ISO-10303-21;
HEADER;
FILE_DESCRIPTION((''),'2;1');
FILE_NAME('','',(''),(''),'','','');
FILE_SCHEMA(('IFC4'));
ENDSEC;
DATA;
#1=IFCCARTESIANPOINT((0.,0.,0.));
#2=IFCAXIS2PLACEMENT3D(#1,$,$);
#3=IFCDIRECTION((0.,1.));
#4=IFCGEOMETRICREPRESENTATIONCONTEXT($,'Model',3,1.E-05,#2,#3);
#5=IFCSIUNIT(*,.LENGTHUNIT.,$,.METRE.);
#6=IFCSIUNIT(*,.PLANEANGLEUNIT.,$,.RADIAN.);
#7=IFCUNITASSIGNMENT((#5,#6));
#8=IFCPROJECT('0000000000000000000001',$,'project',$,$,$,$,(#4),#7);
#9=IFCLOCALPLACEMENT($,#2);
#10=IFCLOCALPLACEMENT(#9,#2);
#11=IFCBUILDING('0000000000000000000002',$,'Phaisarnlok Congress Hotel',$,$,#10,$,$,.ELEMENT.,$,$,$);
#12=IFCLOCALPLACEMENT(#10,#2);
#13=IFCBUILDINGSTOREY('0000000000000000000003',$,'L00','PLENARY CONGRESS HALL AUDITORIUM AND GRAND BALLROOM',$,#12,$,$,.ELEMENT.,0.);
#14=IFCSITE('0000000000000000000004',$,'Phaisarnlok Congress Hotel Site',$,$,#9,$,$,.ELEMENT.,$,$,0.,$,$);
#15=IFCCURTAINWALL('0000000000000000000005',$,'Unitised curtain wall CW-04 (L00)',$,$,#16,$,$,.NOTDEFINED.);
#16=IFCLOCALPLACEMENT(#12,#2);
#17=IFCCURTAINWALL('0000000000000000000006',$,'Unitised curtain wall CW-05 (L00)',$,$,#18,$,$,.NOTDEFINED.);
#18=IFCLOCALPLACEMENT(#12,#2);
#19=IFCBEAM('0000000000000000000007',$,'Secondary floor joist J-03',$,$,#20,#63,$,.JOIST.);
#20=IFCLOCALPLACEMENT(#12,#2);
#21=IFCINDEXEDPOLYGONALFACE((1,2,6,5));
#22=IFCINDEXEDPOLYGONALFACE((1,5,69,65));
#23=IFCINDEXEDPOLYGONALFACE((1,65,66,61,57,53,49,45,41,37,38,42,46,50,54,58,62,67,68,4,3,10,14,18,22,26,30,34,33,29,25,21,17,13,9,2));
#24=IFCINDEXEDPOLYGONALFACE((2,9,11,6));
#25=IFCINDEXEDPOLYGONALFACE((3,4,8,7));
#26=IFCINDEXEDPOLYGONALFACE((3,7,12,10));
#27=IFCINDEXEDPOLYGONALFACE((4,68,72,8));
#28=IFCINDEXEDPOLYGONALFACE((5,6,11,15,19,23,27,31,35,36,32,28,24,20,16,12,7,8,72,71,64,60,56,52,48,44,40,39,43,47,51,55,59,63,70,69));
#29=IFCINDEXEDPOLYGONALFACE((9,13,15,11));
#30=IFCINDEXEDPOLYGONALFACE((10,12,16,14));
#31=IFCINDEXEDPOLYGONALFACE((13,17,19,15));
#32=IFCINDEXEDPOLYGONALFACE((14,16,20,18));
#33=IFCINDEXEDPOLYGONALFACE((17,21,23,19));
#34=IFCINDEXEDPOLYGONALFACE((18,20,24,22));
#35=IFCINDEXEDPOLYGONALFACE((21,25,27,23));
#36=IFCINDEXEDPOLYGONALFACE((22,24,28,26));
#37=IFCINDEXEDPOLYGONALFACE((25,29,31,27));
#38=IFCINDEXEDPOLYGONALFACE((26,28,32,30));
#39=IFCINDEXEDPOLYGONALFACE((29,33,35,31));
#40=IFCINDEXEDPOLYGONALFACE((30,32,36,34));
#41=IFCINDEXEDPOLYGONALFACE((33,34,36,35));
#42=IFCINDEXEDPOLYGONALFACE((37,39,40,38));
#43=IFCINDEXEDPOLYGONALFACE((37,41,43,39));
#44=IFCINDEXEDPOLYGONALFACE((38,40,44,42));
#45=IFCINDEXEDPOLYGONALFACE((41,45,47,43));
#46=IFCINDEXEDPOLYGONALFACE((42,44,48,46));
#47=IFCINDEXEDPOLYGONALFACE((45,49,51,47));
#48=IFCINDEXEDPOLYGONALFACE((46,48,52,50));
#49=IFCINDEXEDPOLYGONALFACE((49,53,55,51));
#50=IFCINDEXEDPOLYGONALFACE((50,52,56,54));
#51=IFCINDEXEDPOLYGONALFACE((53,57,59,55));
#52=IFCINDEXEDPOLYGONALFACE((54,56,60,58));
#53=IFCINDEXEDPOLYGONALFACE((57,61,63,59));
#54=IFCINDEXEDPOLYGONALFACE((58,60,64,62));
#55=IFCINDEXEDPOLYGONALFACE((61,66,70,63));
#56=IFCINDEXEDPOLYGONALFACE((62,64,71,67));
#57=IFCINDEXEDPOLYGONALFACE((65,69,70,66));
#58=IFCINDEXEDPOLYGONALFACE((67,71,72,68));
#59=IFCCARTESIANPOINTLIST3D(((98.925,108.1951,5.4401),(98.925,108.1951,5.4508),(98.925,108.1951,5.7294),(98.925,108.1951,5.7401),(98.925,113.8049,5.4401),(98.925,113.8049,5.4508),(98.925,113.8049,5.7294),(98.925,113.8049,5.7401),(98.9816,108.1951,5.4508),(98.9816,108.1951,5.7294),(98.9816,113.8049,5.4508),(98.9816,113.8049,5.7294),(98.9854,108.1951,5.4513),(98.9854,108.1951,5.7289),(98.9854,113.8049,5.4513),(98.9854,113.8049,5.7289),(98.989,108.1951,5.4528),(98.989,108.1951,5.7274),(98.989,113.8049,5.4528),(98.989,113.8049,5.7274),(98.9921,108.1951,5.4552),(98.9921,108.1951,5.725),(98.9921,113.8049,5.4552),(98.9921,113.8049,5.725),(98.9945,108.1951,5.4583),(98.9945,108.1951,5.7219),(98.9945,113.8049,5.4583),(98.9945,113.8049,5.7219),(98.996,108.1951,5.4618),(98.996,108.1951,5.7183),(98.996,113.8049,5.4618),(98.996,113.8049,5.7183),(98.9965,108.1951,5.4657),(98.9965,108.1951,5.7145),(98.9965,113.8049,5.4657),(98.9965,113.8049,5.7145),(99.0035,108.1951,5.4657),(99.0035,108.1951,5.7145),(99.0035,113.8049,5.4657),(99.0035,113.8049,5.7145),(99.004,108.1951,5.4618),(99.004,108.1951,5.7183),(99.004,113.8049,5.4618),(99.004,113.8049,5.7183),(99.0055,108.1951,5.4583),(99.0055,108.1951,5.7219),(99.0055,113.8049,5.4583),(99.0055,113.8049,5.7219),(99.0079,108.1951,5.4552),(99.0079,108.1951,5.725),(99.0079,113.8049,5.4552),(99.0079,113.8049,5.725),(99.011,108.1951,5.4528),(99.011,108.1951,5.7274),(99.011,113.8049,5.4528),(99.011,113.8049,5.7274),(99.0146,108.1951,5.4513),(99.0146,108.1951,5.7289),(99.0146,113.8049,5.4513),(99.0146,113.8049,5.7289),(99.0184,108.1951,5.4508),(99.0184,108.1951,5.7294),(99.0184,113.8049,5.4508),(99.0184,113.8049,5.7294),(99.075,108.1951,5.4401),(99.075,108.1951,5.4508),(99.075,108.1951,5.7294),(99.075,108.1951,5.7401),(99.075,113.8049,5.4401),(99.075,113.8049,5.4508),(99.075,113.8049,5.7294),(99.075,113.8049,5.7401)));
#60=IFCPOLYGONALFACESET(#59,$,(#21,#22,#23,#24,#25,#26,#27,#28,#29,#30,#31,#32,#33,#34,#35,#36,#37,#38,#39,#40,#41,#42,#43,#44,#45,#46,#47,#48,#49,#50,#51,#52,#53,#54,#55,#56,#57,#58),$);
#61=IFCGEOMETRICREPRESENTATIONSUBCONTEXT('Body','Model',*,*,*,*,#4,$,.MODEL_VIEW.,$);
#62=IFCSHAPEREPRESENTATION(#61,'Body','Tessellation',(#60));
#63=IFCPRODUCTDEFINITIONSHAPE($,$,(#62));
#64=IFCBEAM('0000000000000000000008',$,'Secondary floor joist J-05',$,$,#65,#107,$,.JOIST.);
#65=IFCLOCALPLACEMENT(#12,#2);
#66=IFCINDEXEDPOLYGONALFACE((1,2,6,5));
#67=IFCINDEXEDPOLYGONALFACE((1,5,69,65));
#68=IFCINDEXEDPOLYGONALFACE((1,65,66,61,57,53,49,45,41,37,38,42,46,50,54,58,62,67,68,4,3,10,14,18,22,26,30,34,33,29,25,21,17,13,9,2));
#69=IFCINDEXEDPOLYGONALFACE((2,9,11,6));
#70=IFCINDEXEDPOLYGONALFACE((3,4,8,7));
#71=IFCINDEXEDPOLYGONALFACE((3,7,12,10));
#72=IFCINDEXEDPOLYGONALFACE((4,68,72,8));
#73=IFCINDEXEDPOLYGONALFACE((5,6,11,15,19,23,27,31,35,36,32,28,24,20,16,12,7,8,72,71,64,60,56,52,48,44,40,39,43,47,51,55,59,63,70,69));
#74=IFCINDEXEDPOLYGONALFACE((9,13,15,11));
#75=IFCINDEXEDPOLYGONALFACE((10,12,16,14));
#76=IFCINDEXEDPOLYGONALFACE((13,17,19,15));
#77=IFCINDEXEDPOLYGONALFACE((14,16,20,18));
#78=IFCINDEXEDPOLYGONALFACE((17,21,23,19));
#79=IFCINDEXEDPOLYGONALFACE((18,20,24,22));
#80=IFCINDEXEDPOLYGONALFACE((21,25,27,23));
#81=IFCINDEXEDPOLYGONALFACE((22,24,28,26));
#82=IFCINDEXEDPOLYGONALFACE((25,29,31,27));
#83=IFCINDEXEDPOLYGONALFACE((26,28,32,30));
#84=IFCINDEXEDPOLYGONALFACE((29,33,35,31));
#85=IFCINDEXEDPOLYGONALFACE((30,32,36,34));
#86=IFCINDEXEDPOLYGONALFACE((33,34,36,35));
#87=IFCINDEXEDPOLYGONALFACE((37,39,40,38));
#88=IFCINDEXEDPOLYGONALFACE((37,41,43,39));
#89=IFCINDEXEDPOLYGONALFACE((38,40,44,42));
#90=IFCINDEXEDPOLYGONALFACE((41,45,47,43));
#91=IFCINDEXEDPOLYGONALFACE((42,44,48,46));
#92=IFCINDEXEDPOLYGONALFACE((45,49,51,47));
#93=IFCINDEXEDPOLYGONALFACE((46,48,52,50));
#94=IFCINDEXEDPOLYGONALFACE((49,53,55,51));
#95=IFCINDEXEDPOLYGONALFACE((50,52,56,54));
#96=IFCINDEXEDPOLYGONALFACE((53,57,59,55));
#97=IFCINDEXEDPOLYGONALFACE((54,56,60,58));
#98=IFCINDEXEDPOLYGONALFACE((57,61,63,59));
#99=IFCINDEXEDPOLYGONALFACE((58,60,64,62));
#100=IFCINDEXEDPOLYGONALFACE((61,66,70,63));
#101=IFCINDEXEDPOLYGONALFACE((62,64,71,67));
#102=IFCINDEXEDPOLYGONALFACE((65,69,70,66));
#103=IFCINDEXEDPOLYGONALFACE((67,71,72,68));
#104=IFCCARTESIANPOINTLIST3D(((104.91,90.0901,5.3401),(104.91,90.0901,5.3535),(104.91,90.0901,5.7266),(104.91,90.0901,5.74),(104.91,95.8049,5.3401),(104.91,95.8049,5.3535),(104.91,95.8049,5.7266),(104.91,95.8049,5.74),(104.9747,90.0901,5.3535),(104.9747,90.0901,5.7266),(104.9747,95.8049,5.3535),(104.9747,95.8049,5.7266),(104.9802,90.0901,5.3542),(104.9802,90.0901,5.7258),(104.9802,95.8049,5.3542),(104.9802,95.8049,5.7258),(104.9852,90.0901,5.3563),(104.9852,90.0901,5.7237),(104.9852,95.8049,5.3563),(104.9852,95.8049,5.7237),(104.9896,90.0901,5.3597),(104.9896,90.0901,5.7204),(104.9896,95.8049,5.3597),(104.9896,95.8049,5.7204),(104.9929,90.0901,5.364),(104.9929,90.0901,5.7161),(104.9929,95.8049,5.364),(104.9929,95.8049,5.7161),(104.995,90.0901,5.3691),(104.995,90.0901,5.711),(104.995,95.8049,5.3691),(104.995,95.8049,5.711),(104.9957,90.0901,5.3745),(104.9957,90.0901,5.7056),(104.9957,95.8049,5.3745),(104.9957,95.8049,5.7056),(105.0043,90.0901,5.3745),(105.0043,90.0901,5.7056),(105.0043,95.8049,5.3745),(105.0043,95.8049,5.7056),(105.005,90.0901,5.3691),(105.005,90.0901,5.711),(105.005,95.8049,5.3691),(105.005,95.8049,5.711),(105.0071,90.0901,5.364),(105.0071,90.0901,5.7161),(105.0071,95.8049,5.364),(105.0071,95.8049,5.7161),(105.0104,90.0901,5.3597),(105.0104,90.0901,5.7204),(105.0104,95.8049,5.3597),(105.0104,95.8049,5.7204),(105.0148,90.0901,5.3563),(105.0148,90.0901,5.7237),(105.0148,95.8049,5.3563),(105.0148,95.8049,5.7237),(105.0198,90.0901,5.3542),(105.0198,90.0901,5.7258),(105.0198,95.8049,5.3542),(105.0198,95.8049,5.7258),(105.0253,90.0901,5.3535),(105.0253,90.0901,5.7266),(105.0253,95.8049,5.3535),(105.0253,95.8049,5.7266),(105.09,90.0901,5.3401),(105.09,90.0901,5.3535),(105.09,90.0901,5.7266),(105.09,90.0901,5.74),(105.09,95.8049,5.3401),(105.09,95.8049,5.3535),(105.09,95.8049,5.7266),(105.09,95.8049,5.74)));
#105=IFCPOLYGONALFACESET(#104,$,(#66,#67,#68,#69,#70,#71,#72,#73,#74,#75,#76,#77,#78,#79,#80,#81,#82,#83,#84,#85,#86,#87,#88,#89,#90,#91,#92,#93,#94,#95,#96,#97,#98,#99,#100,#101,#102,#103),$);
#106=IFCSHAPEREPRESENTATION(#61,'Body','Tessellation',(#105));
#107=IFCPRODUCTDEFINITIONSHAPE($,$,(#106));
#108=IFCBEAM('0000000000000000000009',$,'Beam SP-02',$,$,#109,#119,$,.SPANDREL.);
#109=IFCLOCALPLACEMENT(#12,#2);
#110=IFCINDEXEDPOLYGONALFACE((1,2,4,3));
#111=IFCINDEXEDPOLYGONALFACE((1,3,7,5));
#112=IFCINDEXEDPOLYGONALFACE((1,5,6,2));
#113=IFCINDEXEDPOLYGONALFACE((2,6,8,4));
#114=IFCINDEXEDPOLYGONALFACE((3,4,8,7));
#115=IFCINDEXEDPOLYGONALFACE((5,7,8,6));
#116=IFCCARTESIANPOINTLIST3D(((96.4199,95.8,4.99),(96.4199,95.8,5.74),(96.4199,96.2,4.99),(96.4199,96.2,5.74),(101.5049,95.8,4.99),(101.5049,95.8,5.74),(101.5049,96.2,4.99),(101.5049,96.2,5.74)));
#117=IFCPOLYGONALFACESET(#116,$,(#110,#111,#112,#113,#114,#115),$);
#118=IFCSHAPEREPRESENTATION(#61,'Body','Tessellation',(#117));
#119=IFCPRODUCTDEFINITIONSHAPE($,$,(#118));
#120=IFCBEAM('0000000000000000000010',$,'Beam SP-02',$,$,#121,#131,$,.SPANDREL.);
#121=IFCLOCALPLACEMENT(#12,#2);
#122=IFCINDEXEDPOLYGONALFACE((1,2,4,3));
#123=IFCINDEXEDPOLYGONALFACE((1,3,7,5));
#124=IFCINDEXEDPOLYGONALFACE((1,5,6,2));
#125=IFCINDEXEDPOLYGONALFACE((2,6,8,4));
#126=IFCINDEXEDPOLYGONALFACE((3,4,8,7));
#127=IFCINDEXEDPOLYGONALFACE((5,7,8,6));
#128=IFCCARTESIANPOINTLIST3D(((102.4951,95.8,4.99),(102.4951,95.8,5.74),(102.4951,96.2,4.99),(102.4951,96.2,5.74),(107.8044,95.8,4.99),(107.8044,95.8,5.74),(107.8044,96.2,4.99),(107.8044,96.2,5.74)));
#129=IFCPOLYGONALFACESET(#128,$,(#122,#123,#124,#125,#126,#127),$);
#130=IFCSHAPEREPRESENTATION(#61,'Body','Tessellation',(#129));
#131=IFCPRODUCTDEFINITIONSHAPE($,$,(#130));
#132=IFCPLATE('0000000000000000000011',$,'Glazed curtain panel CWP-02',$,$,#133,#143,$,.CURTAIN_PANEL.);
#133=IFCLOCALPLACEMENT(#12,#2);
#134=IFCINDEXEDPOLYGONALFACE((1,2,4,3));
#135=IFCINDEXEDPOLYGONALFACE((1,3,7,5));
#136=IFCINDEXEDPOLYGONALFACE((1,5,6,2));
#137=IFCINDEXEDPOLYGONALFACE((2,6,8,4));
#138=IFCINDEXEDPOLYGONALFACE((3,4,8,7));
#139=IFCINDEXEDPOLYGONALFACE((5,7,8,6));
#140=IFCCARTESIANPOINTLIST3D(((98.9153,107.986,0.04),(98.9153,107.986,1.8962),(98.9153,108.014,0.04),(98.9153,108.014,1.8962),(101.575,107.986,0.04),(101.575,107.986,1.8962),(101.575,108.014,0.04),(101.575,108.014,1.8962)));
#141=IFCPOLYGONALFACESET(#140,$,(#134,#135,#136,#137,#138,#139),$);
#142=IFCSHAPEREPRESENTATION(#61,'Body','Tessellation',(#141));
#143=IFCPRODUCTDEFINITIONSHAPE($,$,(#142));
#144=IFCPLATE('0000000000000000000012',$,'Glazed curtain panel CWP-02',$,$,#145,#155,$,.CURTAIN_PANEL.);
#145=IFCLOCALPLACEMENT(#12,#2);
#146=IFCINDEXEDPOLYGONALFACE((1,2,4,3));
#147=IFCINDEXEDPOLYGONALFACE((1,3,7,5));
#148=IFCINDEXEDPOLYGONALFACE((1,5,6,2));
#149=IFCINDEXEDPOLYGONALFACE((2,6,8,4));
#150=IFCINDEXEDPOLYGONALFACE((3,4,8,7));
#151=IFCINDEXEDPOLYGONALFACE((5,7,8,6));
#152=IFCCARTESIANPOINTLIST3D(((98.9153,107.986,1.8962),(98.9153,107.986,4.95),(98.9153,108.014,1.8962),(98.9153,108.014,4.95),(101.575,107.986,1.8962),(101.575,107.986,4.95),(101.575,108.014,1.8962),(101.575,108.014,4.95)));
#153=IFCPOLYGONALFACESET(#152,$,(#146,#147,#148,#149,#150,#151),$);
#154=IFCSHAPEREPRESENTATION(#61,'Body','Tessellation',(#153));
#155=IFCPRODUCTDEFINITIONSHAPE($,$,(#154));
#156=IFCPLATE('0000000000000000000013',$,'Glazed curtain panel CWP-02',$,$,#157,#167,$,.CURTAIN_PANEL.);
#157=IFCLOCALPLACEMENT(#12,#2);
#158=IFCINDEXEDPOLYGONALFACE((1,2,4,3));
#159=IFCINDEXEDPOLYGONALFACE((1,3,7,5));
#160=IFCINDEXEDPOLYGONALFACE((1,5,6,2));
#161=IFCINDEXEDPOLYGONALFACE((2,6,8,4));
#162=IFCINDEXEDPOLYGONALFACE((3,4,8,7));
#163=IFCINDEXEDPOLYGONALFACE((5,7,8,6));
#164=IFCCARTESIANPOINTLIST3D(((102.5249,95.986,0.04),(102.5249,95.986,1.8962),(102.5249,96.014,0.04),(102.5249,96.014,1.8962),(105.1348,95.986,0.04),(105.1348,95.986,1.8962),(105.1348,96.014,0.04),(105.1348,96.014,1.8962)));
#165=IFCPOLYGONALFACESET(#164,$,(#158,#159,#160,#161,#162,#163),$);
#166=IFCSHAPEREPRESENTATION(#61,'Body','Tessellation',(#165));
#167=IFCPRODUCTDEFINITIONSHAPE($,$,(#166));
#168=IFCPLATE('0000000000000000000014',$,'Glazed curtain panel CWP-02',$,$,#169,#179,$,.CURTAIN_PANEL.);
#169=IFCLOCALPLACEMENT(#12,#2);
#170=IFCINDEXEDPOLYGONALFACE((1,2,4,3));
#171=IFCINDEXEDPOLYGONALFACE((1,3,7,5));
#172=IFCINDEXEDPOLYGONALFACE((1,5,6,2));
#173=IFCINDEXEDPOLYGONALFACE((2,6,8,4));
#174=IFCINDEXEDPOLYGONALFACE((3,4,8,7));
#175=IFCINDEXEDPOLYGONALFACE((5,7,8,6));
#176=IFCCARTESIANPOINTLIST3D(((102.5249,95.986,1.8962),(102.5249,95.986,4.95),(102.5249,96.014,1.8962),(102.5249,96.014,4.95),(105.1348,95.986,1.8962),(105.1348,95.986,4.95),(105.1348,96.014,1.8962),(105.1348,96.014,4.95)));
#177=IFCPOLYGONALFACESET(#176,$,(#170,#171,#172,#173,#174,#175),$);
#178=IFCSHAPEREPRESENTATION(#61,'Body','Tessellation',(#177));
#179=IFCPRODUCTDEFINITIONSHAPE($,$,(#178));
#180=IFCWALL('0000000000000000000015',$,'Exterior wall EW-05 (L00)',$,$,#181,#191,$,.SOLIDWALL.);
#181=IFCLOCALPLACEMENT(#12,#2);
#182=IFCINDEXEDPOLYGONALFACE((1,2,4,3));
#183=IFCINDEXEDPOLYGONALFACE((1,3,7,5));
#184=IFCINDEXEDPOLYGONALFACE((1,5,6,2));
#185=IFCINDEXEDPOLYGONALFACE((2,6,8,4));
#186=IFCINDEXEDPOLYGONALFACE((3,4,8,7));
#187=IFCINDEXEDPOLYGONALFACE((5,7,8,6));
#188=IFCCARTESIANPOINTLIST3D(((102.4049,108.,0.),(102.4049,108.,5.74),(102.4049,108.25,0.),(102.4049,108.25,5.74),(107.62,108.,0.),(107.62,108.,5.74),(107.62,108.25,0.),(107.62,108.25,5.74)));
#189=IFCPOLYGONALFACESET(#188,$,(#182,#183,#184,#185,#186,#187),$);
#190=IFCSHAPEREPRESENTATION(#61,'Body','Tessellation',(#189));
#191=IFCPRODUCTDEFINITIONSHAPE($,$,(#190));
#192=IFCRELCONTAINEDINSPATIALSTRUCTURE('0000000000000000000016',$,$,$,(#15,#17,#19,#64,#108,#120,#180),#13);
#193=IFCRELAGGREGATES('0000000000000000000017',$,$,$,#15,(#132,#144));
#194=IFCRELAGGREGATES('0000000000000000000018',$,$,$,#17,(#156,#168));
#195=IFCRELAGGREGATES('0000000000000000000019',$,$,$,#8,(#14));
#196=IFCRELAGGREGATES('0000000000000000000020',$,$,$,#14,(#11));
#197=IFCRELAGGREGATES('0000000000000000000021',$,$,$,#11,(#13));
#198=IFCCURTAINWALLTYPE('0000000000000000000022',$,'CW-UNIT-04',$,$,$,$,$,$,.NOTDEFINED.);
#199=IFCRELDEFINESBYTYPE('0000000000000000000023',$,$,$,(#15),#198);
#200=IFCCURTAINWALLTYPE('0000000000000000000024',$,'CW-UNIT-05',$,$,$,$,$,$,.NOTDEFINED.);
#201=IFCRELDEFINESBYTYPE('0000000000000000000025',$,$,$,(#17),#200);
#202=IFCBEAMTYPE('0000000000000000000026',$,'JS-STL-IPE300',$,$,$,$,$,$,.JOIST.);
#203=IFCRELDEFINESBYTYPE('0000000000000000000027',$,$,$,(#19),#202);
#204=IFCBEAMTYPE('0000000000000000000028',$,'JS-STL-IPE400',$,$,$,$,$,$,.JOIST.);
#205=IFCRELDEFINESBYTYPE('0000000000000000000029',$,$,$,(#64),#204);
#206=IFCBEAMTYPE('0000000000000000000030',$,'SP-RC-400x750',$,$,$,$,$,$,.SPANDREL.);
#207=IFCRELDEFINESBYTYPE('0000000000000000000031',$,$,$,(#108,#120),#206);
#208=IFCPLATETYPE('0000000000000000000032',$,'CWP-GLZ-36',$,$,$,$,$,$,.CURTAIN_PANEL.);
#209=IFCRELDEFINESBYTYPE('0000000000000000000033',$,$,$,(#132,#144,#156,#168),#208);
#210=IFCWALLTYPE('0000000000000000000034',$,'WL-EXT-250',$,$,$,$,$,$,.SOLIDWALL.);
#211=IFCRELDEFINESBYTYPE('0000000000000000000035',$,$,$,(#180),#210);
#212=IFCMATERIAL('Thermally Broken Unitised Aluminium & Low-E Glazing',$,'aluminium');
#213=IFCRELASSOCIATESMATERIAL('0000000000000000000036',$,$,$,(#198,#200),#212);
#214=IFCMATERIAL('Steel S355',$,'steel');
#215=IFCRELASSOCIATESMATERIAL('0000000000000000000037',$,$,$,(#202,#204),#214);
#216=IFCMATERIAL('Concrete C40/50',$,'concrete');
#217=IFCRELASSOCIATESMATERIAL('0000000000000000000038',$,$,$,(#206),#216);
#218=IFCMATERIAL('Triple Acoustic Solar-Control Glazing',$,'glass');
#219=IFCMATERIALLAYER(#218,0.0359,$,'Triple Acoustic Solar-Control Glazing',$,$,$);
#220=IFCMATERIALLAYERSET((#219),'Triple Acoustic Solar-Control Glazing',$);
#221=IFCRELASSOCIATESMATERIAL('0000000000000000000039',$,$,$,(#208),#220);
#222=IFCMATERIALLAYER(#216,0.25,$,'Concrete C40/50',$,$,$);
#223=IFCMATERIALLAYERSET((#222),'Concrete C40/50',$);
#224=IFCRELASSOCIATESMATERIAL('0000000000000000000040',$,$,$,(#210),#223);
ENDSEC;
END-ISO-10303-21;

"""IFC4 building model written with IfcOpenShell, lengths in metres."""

from ifc_helpers import new_model, si_unit, direction, frame, frame_2d, origin, origin_2d, place, context, subcontext, project, spatial, rectangle, i_section, extrude, material, layer, layer_set, material_profile, profile_set, type_object, element, aggregate, save


model = new_model("IFC4")

# Units and contexts
model_context = context("Model", 3, precision=1e-05, world=origin(), true_north=direction((0.0, 1.0)))
body_context = subcontext(model_context, "Body", "Model", "MODEL_VIEW")
ifc_project = project(units=[si_unit("LENGTHUNIT", "METRE"), si_unit("PLANEANGLEUNIT", "RADIAN")], contexts=[model_context])

# Site, building, storey
site_placement = place(None, origin())
site = spatial("IfcSite", under=ifc_project, at=site_placement, Name="Phaisarnlok Congress Hotel Site", CompositionType="ELEMENT", RefElevation=0.0)
building_placement = place(site_placement, origin())
building = spatial("IfcBuilding", under=site, at=building_placement, Name="Phaisarnlok Congress Hotel", CompositionType="ELEMENT")
storey_placement = place(building_placement, origin())
storey = spatial("IfcBuildingStorey", under=building, at=storey_placement, Name="L00", Description="PLENARY CONGRESS HALL AUDITORIUM AND GRAND BALLROOM", CompositionType="ELEMENT", Elevation=0.0)

# Shared definitions
ifc_material_1 = material(Name="Concrete C40/50", Category="concrete")

# Curtain walls
ifc_material_2 = material(Name="Thermally Broken Unitised Aluminium & Low-E Glazing", Category="aluminium")
curtain_wall_type_1 = type_object("IfcCurtainWallType", Name="CW-UNIT-04", PredefinedType="NOTDEFINED", material=ifc_material_2)
curtain_wall_1_placement = place(storey_placement, origin())
curtain_wall_1 = element("IfcCurtainWall", 1, at=curtain_wall_1_placement, inside=storey, type_object=curtain_wall_type_1, Name="Unitised curtain wall CW-04 (L00)", PredefinedType="NOTDEFINED")
curtain_wall_type_2 = type_object("IfcCurtainWallType", Name="CW-UNIT-05", PredefinedType="NOTDEFINED", material=ifc_material_2)
curtain_wall_2_placement = place(storey_placement, origin())
curtain_wall_2 = element("IfcCurtainWall", 2, at=curtain_wall_2_placement, inside=storey, type_object=curtain_wall_type_2, Name="Unitised curtain wall CW-05 (L00)", PredefinedType="NOTDEFINED")

# Beams
ifc_material_3 = material(Name="Steel S355", Category="steel")
ifc_material_profile_1 = material_profile(ifc_material_3, i_section(OverallWidth=0.1499, OverallDepth=0.3, WebThickness=0.0071, FlangeThickness=0.0107, FilletRadius=0.0149, at=origin_2d()), Name="IPE 300")
ifc_profile_set_1 = profile_set([ifc_material_profile_1], Name="Steel S355")
beam_type_1 = type_object("IfcBeamType", Name="JS-STL-IPE300", PredefinedType="JOIST", material=ifc_profile_set_1)
for number, where, z_axis, x_axis, name in (
    (3, (99.0, 108.1951, 5.5901), (0.0, 1.0, 0.0), (-1.0, 0.0, 0.0), "Secondary floor joist J-03"),
):
    element("IfcBeam", number, at=place(storey_placement, frame(where, z_axis=z_axis, x_axis=x_axis)), inside=storey, type_object=beam_type_1, Name=name, PredefinedType="JOIST", context=body_context, shape_type="SweptSolid", body=[
        extrude(i_section(OverallWidth=0.1499, OverallDepth=0.3, WebThickness=0.0071, FlangeThickness=0.0107, FilletRadius=0.0149, at=origin_2d()), origin(), (0.0, 0.0, 1.0), 5.6099),
    ])
ifc_material_profile_2 = material_profile(ifc_material_3, i_section(OverallWidth=0.1799, OverallDepth=0.3999, WebThickness=0.0085, FlangeThickness=0.0134, FilletRadius=0.021, at=origin_2d()), Name="IPE 400")
ifc_profile_set_2 = profile_set([ifc_material_profile_2], Name="Steel S355")
beam_type_2 = type_object("IfcBeamType", Name="JS-STL-IPE400", PredefinedType="JOIST", material=ifc_profile_set_2)
beam_1_placement = place(storey_placement, frame((105.0, 90.0901, 5.54), z_axis=(0.0, 1.0, 0.0), x_axis=(-1.0, 0.0, 0.0)))
element("IfcBeam", 4, at=beam_1_placement, inside=storey, type_object=beam_type_2, Name="Secondary floor joist J-05", PredefinedType="JOIST", context=body_context, shape_type="SweptSolid", body=[
    extrude(i_section(OverallWidth=0.1799, OverallDepth=0.3999, WebThickness=0.0085, FlangeThickness=0.0134, FilletRadius=0.021, at=origin_2d()), origin(), (0.0, 0.0, 1.0), 5.7148),
])
ifc_material_profile_3 = material_profile(ifc_material_1, rectangle(XDim=0.3999, YDim=0.75, at=origin_2d()), Name="RC 400x750")
ifc_profile_set_3 = profile_set([ifc_material_profile_3], Name="Concrete C40/50")
beam_type_3 = type_object("IfcBeamType", Name="SP-RC-400x750", PredefinedType="SPANDREL", material=ifc_profile_set_3)
beam_2_placement = place(storey_placement, frame((96.4199, 96.0, 5.365), z_axis=(1.0, 0.0, 0.0), x_axis=(0.0, 1.0, 0.0)))
element("IfcBeam", 5, at=beam_2_placement, inside=storey, type_object=beam_type_3, Name="Beam SP-02", PredefinedType="SPANDREL", context=body_context, shape_type="SweptSolid", body=[
    extrude(rectangle(XDim=0.3999, YDim=0.75, at=origin_2d()), origin(), (0.0, 0.0, 1.0), 5.085),
])
beam_3_placement = place(storey_placement, frame((102.4951, 96.0, 5.365), z_axis=(1.0, 0.0, 0.0), x_axis=(0.0, 1.0, 0.0)))
element("IfcBeam", 6, at=beam_3_placement, inside=storey, type_object=beam_type_3, Name="Beam SP-02", PredefinedType="SPANDREL", context=body_context, shape_type="SweptSolid", body=[
    extrude(rectangle(XDim=0.3999, YDim=0.75, at=origin_2d()), origin(), (0.0, 0.0, 1.0), 5.3093),
])

# Plates
ifc_material_4 = material(Name="Triple Acoustic Solar-Control Glazing", Category="glass")
ifc_layer_1 = layer(ifc_material_4, 0.0359, Name="Triple Acoustic Solar-Control Glazing")
ifc_layer_set_1 = layer_set([ifc_layer_1], Name="Triple Acoustic Solar-Control Glazing")
plate_type = type_object("IfcPlateType", Name="CWP-GLZ-36", PredefinedType="CURTAIN_PANEL", material=ifc_layer_set_1)
plate_1_placement = place(storey_placement, frame((98.9153, 108.0, 0.04), z_axis=(0.0, 0.0, 1.0), x_axis=(1.0, 0.0, 0.0)))
plate_1 = element("IfcPlate", 7, at=plate_1_placement, type_object=plate_type, Name="Glazed curtain panel CWP-02", PredefinedType="CURTAIN_PANEL", context=body_context, shape_type="SweptSolid", body=[
    extrude(rectangle(XDim=2.6597, YDim=0.0281, at=frame_2d((1.3298, 0.0))), origin(), (0.0, 0.0, 1.0), 1.8562),
])
plate_2_placement = place(storey_placement, frame((98.9153, 108.0, 1.8962), z_axis=(0.0, 0.0, 1.0), x_axis=(1.0, 0.0, 0.0)))
plate_2 = element("IfcPlate", 8, at=plate_2_placement, type_object=plate_type, Name="Glazed curtain panel CWP-02", PredefinedType="CURTAIN_PANEL", context=body_context, shape_type="SweptSolid", body=[
    extrude(rectangle(XDim=2.6597, YDim=0.0281, at=frame_2d((1.3298, 0.0))), origin(), (0.0, 0.0, 1.0), 3.0537),
])
aggregate(curtain_wall_1, [plate_1, plate_2])
plate_3_placement = place(storey_placement, frame((105.1348, 96.0, 0.04), z_axis=(0.0, 0.0, 1.0), x_axis=(-1.0, 0.0, 0.0)))
plate_3 = element("IfcPlate", 9, at=plate_3_placement, type_object=plate_type, Name="Glazed curtain panel CWP-02", PredefinedType="CURTAIN_PANEL", context=body_context, shape_type="SweptSolid", body=[
    extrude(rectangle(XDim=2.6099, YDim=0.0281, at=frame_2d((1.3049, 0.0))), origin(), (0.0, 0.0, 1.0), 1.8562),
])
plate_4_placement = place(storey_placement, frame((105.1348, 96.0, 1.8962), z_axis=(0.0, 0.0, 1.0), x_axis=(-1.0, 0.0, 0.0)))
plate_4 = element("IfcPlate", 10, at=plate_4_placement, type_object=plate_type, Name="Glazed curtain panel CWP-02", PredefinedType="CURTAIN_PANEL", context=body_context, shape_type="SweptSolid", body=[
    extrude(rectangle(XDim=2.6099, YDim=0.0281, at=frame_2d((1.3049, 0.0))), origin(), (0.0, 0.0, 1.0), 3.0537),
])
aggregate(curtain_wall_2, [plate_3, plate_4])

# Wall
ifc_layer_2 = layer(ifc_material_1, 0.25, Name="Concrete C40/50")
ifc_layer_set_2 = layer_set([ifc_layer_2], Name="Concrete C40/50")
wall_type_1 = type_object("IfcWallType", Name="WL-EXT-250", PredefinedType="SOLIDWALL", material=ifc_layer_set_2)
wall_1_placement = place(storey_placement, frame((102.405, 108.125, 0.0), z_axis=(0.0, 0.0, 1.0), x_axis=(1.0, 0.0, 0.0)))
element("IfcWall", 11, at=wall_1_placement, inside=storey, type_object=wall_type_1, Name="Exterior wall EW-05 (L00)", PredefinedType="SOLIDWALL", context=body_context, shape_type="SweptSolid", body=[
    extrude(rectangle(XDim=5.2151, YDim=0.25, at=frame_2d((2.6074, 0.0))), origin(), (0.0, 0.0, 1.0), 5.74),
])

save(model, "model.ifc")
